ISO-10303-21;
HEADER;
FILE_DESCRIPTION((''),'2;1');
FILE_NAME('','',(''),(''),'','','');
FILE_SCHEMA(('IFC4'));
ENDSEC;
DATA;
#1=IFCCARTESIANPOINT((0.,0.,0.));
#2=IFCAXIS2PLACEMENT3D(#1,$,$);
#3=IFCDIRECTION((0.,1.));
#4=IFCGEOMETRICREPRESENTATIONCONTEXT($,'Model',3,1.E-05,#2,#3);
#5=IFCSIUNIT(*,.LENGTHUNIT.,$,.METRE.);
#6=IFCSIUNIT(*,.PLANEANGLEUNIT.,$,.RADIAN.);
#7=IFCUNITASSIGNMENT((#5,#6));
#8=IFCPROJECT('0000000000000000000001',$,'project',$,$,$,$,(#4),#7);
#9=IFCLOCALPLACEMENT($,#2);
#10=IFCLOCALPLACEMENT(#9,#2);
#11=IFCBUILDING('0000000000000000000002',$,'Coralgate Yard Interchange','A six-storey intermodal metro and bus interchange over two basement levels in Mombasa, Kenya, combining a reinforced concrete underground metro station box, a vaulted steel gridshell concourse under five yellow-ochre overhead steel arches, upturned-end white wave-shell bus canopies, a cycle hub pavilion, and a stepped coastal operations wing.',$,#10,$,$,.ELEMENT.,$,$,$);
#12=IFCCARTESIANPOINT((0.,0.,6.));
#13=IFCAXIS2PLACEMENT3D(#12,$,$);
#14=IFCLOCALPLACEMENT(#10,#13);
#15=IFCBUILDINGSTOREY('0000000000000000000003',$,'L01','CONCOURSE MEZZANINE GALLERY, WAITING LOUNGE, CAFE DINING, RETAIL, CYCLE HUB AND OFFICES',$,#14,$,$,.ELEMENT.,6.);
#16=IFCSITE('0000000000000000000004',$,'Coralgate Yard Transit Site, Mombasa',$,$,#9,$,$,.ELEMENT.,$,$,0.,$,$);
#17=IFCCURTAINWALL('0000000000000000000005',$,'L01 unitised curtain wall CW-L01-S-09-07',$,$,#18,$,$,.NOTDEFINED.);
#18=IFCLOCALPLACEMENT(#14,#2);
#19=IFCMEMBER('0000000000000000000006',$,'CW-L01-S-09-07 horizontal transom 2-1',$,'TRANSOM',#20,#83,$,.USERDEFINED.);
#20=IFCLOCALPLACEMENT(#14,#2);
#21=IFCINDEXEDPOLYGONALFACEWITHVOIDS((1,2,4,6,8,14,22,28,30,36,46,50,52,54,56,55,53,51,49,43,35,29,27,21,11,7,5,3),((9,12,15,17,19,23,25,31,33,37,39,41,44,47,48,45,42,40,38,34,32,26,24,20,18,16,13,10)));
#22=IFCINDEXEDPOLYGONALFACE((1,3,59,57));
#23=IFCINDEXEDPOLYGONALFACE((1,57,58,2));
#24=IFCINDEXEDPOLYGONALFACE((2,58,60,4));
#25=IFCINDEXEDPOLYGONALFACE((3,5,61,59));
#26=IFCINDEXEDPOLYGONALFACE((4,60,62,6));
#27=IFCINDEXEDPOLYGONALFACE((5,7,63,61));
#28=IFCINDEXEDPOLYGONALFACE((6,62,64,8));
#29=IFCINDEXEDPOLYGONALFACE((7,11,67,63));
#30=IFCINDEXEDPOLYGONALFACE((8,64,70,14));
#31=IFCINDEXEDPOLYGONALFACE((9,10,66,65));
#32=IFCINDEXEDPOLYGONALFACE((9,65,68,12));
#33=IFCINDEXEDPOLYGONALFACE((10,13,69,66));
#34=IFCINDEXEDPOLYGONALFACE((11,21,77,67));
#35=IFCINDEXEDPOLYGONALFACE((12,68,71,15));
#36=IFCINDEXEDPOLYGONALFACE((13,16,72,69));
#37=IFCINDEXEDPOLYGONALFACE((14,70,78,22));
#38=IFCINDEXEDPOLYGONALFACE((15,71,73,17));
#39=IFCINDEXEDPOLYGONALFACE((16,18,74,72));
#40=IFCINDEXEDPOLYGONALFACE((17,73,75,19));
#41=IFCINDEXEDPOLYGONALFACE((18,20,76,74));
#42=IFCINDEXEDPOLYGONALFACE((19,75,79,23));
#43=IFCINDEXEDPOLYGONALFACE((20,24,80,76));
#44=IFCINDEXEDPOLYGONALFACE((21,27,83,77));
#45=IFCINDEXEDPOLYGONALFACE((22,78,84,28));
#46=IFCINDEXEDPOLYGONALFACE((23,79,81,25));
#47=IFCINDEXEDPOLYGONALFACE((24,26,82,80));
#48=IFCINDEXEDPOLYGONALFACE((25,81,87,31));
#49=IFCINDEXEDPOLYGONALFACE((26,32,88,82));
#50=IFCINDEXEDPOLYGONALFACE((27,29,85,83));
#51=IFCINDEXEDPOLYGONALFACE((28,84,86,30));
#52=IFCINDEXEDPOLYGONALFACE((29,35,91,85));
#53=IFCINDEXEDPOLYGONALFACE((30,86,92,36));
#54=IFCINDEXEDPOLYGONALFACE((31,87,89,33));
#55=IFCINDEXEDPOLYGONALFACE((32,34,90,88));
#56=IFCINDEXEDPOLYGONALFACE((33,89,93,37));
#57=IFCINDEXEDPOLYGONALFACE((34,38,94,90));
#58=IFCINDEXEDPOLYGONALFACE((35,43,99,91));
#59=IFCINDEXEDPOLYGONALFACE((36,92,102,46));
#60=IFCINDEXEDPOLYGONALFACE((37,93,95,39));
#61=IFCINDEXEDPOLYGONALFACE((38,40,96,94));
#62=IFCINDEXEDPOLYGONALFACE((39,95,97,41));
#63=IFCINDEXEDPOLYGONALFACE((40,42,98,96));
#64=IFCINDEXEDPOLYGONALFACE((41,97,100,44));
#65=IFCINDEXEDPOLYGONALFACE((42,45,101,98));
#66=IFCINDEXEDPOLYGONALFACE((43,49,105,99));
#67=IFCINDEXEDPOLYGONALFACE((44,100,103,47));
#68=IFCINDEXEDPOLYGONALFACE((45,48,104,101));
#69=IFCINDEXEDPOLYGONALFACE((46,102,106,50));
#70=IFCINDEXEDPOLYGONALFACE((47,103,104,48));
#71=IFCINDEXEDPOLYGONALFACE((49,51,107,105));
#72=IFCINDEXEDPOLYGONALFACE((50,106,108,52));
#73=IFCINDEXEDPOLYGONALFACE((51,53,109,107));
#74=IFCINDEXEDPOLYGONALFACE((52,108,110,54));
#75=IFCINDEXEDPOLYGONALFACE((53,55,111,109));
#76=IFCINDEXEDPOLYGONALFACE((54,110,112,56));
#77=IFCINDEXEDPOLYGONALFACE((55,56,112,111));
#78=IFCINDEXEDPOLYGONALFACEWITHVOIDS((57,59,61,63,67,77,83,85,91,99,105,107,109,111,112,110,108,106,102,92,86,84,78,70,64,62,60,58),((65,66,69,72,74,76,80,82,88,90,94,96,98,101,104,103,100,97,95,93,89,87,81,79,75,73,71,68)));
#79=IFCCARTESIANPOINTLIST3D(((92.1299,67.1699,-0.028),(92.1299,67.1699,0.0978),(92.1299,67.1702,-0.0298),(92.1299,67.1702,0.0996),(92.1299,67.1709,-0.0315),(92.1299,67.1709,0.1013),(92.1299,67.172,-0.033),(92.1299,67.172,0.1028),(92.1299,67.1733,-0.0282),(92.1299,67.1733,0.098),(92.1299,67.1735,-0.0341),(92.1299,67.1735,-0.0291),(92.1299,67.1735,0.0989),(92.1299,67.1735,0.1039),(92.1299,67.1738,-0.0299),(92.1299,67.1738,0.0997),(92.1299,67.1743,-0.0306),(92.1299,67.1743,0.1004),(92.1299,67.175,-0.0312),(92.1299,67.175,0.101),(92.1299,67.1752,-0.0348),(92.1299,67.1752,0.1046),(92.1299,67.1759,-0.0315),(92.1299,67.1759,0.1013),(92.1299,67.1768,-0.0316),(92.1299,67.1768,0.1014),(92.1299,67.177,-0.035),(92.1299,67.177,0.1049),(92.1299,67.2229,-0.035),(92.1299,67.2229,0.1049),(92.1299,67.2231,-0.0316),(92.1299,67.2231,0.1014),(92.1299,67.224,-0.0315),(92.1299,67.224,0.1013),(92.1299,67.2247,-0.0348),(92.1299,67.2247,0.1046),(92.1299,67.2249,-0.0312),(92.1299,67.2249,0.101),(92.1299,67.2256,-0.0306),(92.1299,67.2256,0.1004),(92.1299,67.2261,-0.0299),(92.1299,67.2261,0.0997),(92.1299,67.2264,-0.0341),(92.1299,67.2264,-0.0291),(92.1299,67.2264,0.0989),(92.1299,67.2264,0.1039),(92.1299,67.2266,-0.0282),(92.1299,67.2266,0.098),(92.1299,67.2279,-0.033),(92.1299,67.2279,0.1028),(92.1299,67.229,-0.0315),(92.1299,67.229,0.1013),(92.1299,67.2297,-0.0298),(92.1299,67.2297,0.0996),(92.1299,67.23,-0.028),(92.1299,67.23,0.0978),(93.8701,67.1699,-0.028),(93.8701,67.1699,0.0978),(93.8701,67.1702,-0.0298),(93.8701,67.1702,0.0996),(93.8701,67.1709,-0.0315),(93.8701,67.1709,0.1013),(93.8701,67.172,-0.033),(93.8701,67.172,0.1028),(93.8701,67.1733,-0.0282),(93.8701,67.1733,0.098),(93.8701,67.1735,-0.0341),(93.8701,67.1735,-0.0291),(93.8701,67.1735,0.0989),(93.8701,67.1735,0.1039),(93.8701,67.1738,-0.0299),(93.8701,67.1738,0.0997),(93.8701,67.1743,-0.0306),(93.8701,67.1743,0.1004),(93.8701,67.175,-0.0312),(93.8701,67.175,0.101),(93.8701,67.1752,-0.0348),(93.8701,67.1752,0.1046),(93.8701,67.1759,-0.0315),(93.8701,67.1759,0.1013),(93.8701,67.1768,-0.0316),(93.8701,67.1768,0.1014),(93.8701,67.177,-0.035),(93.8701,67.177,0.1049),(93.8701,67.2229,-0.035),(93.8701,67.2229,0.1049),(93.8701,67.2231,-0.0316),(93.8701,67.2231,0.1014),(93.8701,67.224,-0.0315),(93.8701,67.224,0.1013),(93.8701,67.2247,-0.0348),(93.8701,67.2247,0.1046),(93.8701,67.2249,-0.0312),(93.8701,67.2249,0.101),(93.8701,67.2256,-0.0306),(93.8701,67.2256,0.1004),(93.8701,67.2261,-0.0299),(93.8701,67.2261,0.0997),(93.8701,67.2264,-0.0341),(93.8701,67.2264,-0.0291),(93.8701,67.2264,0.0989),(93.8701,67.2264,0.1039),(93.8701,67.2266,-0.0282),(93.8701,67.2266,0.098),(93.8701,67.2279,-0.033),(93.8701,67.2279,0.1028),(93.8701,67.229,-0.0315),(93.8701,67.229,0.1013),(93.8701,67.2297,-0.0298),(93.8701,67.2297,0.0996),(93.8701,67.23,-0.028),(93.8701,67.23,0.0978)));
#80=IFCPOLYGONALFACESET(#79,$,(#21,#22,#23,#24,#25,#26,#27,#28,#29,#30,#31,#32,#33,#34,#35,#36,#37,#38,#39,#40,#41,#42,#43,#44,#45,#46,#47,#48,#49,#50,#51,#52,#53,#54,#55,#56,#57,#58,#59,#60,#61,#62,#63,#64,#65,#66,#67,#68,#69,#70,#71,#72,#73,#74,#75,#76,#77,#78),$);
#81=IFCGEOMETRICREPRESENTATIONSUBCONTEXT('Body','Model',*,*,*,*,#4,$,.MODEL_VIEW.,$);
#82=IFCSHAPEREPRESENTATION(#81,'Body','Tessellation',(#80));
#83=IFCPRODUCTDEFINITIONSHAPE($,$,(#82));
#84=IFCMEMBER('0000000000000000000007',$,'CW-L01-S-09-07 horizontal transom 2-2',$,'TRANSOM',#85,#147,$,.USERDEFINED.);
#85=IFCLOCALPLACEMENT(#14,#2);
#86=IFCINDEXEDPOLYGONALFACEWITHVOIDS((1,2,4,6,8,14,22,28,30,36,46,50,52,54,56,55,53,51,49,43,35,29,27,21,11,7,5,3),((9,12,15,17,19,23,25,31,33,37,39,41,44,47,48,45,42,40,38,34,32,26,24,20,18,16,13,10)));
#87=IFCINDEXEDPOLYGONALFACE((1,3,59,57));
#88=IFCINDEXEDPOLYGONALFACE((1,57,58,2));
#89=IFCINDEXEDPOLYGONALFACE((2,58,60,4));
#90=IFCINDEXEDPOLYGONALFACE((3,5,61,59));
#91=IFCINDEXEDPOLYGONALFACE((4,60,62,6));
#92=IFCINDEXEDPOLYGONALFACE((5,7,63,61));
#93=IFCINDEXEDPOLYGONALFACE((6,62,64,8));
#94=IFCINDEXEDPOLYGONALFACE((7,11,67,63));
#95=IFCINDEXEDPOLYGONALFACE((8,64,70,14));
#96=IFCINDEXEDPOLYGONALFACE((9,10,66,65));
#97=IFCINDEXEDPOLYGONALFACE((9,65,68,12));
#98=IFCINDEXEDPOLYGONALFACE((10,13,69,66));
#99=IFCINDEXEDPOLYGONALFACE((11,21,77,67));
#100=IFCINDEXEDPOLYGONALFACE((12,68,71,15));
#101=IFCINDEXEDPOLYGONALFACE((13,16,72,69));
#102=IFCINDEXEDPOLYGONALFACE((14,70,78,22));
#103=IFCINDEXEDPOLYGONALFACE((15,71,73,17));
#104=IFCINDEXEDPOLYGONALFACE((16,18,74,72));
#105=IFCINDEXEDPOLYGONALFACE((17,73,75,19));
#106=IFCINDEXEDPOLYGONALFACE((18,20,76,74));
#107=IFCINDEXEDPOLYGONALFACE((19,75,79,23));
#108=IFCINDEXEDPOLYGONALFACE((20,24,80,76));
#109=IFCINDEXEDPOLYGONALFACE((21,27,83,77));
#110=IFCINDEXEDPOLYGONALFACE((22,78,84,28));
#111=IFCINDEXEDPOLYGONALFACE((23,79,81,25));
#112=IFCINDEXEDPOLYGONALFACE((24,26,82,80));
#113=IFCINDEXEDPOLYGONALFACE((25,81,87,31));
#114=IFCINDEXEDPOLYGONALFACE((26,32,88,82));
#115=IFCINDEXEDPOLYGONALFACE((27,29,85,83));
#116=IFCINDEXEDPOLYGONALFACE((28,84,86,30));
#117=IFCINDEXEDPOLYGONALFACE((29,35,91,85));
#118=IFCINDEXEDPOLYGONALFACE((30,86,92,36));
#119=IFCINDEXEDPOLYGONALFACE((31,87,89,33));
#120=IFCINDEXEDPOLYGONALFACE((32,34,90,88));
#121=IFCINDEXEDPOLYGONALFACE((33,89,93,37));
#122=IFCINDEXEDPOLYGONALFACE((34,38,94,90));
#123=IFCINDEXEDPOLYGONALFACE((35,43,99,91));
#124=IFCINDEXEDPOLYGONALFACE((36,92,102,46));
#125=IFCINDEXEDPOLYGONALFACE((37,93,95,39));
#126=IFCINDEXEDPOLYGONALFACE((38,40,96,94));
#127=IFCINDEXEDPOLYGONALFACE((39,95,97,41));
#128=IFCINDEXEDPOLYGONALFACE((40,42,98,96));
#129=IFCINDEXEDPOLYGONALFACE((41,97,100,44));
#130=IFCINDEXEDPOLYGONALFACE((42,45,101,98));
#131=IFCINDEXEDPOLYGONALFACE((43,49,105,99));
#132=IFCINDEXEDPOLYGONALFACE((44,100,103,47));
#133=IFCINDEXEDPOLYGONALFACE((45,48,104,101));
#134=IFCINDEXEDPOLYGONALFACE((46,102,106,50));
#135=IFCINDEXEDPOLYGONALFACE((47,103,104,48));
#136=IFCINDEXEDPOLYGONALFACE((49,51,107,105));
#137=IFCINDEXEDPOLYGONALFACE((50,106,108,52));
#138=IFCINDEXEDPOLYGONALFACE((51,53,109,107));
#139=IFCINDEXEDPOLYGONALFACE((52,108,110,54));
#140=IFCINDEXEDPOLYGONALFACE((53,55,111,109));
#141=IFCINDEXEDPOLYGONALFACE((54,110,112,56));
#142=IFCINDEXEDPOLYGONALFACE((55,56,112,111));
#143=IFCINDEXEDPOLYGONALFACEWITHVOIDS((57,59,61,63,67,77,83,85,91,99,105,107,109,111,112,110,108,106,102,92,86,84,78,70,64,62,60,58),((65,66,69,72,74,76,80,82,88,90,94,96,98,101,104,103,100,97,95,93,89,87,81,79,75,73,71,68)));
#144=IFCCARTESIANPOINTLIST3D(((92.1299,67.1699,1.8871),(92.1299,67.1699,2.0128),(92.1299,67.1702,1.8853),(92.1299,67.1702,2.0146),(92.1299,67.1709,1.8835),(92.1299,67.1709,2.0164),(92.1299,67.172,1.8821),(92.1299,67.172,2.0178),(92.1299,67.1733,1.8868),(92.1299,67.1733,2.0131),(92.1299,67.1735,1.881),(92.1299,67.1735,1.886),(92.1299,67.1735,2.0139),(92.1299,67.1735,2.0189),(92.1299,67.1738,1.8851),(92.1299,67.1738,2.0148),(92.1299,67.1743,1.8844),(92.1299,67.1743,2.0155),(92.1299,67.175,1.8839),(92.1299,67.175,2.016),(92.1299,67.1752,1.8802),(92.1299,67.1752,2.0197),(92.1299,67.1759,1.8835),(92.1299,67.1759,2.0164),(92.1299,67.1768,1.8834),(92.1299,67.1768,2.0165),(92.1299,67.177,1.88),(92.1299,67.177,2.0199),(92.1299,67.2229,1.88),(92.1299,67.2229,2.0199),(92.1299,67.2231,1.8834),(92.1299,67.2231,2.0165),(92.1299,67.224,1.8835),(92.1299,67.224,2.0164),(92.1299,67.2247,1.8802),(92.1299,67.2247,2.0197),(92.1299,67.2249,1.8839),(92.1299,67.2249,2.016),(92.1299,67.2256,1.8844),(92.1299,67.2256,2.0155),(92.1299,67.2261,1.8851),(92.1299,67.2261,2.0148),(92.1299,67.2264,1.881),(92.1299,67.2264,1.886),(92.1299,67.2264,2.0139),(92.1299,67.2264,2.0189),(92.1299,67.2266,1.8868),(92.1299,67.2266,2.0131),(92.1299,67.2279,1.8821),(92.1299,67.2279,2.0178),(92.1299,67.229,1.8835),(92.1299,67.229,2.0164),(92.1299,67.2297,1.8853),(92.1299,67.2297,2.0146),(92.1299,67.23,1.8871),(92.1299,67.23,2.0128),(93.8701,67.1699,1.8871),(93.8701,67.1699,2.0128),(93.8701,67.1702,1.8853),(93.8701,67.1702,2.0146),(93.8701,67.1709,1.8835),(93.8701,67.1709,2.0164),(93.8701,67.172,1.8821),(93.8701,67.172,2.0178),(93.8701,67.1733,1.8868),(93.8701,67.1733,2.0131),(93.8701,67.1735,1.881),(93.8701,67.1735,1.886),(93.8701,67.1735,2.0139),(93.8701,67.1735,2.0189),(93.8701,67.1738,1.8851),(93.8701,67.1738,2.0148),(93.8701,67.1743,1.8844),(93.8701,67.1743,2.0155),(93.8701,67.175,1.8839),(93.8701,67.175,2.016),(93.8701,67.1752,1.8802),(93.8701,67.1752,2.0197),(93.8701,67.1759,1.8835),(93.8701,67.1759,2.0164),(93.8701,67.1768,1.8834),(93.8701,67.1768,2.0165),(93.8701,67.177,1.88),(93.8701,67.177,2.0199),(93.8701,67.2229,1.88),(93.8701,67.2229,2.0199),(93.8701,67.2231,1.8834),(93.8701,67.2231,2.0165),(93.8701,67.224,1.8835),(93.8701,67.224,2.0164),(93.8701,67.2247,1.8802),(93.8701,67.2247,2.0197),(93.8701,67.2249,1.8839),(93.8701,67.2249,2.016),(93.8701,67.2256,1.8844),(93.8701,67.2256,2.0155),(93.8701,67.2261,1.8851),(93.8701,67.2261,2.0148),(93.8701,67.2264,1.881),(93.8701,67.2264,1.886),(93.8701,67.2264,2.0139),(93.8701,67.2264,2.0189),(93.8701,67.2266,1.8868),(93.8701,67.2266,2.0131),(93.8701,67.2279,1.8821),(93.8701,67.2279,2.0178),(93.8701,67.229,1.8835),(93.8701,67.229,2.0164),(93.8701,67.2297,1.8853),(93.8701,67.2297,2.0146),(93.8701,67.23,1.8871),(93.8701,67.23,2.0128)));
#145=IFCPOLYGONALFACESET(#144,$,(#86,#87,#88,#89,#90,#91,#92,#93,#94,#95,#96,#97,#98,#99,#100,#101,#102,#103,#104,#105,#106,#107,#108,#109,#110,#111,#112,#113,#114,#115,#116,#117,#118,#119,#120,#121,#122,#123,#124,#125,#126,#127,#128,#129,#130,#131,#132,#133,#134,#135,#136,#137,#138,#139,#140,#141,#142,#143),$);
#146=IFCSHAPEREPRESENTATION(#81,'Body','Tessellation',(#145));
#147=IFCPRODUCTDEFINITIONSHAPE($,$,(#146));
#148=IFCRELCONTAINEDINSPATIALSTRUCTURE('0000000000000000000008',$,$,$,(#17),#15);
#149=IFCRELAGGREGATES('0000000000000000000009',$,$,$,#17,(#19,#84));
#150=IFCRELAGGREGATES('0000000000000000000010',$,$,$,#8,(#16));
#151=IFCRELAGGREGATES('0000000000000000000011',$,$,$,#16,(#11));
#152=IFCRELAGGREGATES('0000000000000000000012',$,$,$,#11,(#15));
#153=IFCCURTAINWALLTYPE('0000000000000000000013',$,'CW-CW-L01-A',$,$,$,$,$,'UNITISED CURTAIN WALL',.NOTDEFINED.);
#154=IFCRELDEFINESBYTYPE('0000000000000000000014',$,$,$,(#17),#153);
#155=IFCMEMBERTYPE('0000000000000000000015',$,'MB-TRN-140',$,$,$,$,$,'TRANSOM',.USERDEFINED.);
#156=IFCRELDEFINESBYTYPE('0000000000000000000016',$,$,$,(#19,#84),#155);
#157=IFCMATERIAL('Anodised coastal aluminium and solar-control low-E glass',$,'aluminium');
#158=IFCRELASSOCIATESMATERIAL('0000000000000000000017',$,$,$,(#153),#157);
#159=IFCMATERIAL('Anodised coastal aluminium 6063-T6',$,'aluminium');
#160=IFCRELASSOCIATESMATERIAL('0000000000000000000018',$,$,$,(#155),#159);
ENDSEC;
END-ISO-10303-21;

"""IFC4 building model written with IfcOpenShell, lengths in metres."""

from ifc_helpers import new_model, si_unit, direction, frame, origin, origin_2d, place, context, subcontext, project, spatial, hollow_rectangle, extrude, material, material_profile, profile_set, type_object, element, aggregate, save


model = new_model("IFC4")

# Units and contexts
model_context = context("Model", 3, precision=1e-05, world=origin(), true_north=direction((0.0, 1.0)))
body_context = subcontext(model_context, "Body", "Model", "MODEL_VIEW")
ifc_project = project(units=[si_unit("LENGTHUNIT", "METRE"), si_unit("PLANEANGLEUNIT", "RADIAN")], contexts=[model_context])

# Site, building, storey
site_placement = place(None, origin())
site = spatial("IfcSite", under=ifc_project, at=site_placement, Name="Coralgate Yard Transit Site, Mombasa", CompositionType="ELEMENT", RefElevation=0.0)
building_placement = place(site_placement, origin())
building = spatial("IfcBuilding", under=site, at=building_placement, Name="Coralgate Yard Interchange", Description="A six-storey intermodal metro and bus interchange over two basement levels in Mombasa, Kenya, combining a reinforced concrete underground metro station box, a vaulted steel gridshell concourse under five yellow-ochre overhead steel arches, upturned-end white wave-shell bus canopies, a cycle hub pavilion, and a stepped coastal operations wing.", CompositionType="ELEMENT")
storey_placement = place(building_placement, frame((0.0, 0.0, 6.0)))
storey = spatial("IfcBuildingStorey", under=building, at=storey_placement, Name="L01", Description="CONCOURSE MEZZANINE GALLERY, WAITING LOUNGE, CAFE DINING, RETAIL, CYCLE HUB AND OFFICES", CompositionType="ELEMENT", Elevation=6.0)

# Curtain wall, members
ifc_material_1 = material(Name="Anodised coastal aluminium and solar-control low-E glass", Category="aluminium")
curtain_wall_type = type_object("IfcCurtainWallType", Name="CW-CW-L01-A", ElementType="UNITISED CURTAIN WALL", PredefinedType="NOTDEFINED", material=ifc_material_1)
curtain_wall_placement = place(storey_placement, origin())
curtain_wall = element("IfcCurtainWall", 1, at=curtain_wall_placement, inside=storey, type_object=curtain_wall_type, Name="L01 unitised curtain wall CW-L01-S-09-07", PredefinedType="NOTDEFINED")
ifc_material_2 = material(Name="Anodised coastal aluminium 6063-T6", Category="aluminium")
ifc_material_profile_1 = material_profile(ifc_material_2, hollow_rectangle(XDim=0.0601, YDim=0.1399, WallThickness=0.0034, InnerFilletRadius=0.0034, OuterFilletRadius=0.0071, at=origin_2d()), Name="ALU 60x140x3.5")
ifc_profile_set_1 = profile_set([ifc_material_profile_1], Name="Anodised coastal aluminium 6063-T6")
member_type_1 = type_object("IfcMemberType", Name="MB-TRN-140", ElementType="TRANSOM", PredefinedType="USERDEFINED", material=ifc_profile_set_1)
member_1_placement = place(storey_placement, frame((93.8701, 67.2, 0.0349), z_axis=(-1.0, 0.0, 0.0), x_axis=(0.0, -1.0, 0.0)))
member_1 = element("IfcMember", 2, at=member_1_placement, type_object=member_type_1, Name="CW-L01-S-09-07 horizontal transom 2-1", ObjectType="TRANSOM", PredefinedType="USERDEFINED", context=body_context, shape_type="SweptSolid", body=[
    extrude(hollow_rectangle(XDim=0.0601, YDim=0.1399, WallThickness=0.0034, InnerFilletRadius=0.0034, OuterFilletRadius=0.0071, at=origin_2d()), origin(), (0.0, 0.0, 1.0), 1.7402),
])
member_2_placement = place(storey_placement, frame((93.8701, 67.2, 1.95), z_axis=(-1.0, 0.0, 0.0), x_axis=(0.0, -1.0, 0.0)))
member_2 = element("IfcMember", 3, at=member_2_placement, type_object=member_type_1, Name="CW-L01-S-09-07 horizontal transom 2-2", ObjectType="TRANSOM", PredefinedType="USERDEFINED", context=body_context, shape_type="SweptSolid", body=[
    extrude(hollow_rectangle(XDim=0.0601, YDim=0.1399, WallThickness=0.0034, InnerFilletRadius=0.0034, OuterFilletRadius=0.0071, at=origin_2d()), origin(), (0.0, 0.0, 1.0), 1.7402),
])
aggregate(curtain_wall, [member_1, member_2])

save(model, "model.ifc")
